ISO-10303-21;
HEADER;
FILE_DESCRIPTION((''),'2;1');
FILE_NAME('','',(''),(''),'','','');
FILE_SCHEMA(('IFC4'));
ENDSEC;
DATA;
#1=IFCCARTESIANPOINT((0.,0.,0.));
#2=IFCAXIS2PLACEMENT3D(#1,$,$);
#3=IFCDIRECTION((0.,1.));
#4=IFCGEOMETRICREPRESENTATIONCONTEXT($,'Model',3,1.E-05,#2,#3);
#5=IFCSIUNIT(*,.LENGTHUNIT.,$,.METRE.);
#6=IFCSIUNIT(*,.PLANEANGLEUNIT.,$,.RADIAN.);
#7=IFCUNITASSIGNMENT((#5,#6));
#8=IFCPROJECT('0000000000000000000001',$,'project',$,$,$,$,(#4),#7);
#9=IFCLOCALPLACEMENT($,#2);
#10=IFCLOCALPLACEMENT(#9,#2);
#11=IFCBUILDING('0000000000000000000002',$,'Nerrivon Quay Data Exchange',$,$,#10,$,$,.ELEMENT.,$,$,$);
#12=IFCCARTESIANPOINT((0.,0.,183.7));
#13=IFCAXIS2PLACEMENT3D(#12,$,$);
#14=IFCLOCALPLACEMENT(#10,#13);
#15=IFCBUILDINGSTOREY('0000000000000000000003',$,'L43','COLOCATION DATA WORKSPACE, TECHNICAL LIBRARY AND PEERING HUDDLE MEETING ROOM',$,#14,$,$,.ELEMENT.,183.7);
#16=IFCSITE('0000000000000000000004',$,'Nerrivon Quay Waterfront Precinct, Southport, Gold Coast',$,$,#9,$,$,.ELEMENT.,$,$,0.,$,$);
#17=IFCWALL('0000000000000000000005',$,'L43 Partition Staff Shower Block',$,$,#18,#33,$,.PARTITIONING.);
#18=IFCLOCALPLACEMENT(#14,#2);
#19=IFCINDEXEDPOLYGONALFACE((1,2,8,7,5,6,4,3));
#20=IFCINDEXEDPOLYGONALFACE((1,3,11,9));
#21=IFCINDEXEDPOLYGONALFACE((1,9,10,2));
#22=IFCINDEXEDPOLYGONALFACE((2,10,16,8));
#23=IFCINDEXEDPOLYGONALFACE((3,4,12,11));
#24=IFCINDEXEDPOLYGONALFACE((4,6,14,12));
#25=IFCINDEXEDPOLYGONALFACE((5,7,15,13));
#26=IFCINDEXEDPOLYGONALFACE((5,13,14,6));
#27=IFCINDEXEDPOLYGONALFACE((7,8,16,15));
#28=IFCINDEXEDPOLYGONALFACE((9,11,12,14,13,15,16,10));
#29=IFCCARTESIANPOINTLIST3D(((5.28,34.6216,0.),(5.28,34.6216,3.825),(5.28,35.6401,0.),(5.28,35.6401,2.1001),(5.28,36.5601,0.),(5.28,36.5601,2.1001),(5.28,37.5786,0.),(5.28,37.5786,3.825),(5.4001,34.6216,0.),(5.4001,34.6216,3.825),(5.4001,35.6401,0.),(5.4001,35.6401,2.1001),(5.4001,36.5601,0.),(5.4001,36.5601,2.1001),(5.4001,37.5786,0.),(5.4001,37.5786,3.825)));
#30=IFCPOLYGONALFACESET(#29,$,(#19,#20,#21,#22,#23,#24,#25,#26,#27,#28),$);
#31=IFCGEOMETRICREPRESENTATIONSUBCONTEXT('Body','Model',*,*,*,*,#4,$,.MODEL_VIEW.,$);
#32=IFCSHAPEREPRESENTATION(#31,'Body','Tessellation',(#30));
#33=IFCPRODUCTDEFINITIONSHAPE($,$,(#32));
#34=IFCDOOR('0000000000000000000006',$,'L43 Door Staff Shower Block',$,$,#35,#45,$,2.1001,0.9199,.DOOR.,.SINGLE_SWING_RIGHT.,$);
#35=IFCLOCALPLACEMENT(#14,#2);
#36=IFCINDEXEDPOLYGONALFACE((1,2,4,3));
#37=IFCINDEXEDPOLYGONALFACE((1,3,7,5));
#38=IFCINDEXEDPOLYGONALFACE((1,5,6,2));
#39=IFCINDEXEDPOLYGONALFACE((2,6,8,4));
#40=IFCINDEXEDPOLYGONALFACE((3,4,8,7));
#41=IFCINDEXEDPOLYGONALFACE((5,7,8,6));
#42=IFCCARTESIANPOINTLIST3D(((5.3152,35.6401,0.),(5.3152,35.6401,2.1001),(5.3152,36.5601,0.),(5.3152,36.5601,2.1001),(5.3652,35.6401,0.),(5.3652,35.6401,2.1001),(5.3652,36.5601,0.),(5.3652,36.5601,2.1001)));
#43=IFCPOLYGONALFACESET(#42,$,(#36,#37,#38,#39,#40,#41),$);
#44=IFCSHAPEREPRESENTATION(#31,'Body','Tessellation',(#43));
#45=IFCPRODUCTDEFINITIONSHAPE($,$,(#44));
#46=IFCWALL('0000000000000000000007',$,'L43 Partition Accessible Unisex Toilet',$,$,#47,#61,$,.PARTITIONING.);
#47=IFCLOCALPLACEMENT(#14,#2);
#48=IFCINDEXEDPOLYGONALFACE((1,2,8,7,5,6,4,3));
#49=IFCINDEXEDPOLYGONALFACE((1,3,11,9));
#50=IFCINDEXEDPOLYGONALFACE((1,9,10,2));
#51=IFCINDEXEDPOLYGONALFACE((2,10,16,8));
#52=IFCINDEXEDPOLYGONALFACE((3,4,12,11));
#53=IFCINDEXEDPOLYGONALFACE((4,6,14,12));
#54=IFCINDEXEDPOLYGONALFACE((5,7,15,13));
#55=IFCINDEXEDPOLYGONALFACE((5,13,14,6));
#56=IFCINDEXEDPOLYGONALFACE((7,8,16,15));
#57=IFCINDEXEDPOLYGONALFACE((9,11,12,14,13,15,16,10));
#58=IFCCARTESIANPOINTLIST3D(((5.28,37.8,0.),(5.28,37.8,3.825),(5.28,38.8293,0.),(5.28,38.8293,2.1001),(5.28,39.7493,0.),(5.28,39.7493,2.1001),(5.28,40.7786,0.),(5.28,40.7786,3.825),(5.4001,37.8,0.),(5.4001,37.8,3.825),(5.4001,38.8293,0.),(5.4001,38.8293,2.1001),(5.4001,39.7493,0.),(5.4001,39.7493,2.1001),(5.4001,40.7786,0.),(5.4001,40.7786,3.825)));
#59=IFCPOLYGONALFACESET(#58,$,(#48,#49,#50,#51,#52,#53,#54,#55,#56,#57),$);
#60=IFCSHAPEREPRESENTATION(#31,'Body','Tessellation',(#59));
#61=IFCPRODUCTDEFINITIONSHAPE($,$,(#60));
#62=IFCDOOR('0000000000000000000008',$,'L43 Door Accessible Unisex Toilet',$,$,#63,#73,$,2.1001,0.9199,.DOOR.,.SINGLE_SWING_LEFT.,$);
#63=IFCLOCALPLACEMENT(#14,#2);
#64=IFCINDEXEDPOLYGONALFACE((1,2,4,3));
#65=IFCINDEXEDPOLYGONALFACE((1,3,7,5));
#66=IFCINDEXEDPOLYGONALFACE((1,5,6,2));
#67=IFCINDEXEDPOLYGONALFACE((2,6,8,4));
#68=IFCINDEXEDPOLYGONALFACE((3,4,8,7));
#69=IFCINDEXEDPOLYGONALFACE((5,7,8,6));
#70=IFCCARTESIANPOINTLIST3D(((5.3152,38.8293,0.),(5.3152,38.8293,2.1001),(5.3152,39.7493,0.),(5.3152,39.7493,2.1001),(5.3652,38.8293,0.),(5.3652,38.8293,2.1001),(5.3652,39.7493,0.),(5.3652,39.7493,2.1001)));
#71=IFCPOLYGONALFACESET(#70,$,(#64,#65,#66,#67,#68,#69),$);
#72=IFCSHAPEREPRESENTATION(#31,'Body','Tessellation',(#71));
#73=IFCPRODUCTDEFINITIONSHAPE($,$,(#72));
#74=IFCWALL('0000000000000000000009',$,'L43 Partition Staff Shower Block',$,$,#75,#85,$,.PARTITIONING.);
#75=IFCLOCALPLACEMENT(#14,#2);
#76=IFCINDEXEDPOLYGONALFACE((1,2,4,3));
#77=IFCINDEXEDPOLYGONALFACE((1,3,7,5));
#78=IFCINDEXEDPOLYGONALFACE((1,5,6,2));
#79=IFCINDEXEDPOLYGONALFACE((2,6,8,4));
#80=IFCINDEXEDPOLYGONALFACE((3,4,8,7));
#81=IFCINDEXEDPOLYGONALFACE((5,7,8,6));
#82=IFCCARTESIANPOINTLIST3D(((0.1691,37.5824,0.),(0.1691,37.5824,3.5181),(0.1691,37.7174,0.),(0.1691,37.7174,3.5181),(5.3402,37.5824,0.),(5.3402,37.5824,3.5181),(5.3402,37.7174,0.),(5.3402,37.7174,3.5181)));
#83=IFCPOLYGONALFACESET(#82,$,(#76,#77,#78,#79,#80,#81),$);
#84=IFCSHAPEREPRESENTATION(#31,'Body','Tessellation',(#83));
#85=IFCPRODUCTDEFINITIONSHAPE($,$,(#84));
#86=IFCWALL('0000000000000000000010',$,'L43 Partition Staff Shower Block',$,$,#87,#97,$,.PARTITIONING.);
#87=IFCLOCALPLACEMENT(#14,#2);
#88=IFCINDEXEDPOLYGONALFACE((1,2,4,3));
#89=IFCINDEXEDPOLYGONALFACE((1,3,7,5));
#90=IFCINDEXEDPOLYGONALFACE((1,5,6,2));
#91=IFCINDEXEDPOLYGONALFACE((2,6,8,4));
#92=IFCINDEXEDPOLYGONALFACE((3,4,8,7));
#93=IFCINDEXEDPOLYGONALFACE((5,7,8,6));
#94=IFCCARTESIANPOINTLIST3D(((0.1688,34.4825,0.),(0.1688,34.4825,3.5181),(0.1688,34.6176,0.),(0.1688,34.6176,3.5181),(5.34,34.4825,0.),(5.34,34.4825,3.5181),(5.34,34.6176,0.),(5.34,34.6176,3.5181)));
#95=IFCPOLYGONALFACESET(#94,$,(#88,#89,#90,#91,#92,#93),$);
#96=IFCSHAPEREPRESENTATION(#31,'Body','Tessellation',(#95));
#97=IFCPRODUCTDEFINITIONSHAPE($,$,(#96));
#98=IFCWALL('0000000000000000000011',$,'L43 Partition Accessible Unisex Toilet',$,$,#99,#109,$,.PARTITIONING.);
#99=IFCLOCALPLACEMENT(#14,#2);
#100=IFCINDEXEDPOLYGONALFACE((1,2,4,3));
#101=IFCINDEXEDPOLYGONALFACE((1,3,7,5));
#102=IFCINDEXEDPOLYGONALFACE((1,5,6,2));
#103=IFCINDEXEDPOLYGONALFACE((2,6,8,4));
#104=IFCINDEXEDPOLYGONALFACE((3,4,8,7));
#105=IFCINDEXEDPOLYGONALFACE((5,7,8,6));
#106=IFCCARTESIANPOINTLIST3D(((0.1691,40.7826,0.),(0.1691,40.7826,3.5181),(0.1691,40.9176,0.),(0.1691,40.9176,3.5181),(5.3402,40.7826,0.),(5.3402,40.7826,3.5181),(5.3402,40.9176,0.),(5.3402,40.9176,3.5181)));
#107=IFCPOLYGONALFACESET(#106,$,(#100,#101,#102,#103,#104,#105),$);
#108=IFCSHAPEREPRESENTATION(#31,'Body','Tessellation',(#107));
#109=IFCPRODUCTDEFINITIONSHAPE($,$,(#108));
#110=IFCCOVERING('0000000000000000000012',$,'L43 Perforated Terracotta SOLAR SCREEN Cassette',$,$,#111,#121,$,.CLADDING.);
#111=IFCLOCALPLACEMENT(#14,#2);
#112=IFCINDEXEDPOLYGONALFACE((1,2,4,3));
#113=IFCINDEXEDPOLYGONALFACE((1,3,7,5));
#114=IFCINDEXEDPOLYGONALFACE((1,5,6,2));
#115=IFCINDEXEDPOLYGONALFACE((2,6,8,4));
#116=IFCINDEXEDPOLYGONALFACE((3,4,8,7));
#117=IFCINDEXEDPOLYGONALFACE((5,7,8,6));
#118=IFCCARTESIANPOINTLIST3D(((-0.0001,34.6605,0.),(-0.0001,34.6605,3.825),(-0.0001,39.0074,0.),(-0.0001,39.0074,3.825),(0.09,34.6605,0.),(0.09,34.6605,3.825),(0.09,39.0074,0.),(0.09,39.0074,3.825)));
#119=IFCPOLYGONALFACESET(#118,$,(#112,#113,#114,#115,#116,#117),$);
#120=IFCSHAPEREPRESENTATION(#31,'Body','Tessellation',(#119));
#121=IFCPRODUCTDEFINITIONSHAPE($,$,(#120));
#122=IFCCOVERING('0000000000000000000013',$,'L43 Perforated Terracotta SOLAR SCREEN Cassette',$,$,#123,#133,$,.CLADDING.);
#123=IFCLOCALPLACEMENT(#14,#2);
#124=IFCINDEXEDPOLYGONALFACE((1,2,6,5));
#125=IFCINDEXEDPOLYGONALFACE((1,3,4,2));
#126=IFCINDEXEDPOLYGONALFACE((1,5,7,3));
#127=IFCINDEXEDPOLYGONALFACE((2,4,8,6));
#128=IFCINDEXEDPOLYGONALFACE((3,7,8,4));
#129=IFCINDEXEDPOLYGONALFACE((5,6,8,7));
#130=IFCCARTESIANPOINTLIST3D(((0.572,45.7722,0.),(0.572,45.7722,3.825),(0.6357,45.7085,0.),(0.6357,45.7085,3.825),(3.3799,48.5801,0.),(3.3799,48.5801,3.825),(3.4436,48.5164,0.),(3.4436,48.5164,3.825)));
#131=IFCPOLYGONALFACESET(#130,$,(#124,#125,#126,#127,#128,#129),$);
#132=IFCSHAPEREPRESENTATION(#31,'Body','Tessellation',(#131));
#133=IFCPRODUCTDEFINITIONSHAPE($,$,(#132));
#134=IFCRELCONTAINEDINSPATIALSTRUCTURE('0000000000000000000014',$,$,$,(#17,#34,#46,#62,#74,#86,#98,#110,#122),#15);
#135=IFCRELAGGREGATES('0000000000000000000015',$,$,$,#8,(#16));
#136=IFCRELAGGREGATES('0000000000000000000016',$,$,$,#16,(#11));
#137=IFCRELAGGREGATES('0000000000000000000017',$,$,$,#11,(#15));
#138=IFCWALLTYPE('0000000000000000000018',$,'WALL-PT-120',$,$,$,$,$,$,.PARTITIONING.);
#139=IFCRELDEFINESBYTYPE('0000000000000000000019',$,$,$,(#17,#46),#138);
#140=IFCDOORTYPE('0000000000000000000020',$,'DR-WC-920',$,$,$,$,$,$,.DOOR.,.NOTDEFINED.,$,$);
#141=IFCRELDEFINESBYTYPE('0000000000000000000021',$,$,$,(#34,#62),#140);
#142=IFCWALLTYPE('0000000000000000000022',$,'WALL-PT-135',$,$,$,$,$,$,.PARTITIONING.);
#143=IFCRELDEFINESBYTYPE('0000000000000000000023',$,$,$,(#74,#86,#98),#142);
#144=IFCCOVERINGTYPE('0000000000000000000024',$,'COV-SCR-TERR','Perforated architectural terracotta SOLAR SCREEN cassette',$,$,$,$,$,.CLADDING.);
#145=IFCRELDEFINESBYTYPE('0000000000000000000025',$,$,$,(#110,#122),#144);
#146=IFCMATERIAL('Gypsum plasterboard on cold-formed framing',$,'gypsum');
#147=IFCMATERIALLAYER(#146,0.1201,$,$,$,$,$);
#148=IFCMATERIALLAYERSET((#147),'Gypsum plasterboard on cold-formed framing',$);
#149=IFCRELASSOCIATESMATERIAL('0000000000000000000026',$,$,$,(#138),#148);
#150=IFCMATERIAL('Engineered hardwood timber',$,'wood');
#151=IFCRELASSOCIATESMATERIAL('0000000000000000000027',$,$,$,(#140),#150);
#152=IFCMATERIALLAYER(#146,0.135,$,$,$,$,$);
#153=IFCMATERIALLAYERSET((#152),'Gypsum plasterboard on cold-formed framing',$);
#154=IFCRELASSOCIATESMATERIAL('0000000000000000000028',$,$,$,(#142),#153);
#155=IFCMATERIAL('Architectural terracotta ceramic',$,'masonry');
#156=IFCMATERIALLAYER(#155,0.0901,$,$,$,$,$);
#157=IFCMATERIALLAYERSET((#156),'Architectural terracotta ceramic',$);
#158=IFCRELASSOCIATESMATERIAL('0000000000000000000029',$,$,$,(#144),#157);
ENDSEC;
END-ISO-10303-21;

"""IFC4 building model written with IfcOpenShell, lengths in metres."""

from ifc_helpers import new_model, si_unit, direction, frame, frame_2d, origin, origin_2d, place, context, subcontext, project, spatial, rectangle, extrude, material, layer, layer_set, type_object, element, fill, save


model = new_model("IFC4")

# Units and contexts
model_context = context("Model", 3, precision=1e-05, world=origin(), true_north=direction((0.0, 1.0)))
body_context = subcontext(model_context, "Body", "Model", "MODEL_VIEW")
ifc_project = project(units=[si_unit("LENGTHUNIT", "METRE"), si_unit("PLANEANGLEUNIT", "RADIAN")], contexts=[model_context])

# Site, building, storey
site_placement = place(None, origin())
site = spatial("IfcSite", under=ifc_project, at=site_placement, Name="Nerrivon Quay Waterfront Precinct, Southport, Gold Coast", CompositionType="ELEMENT", RefElevation=0.0)
building_placement = place(site_placement, origin())
building = spatial("IfcBuilding", under=site, at=building_placement, Name="Nerrivon Quay Data Exchange", CompositionType="ELEMENT")
storey_placement = place(building_placement, frame((0.0, 0.0, 183.7)))
storey = spatial("IfcBuildingStorey", under=building, at=storey_placement, Name="L43", Description="COLOCATION DATA WORKSPACE, TECHNICAL LIBRARY AND PEERING HUDDLE MEETING ROOM", CompositionType="ELEMENT", Elevation=183.7)

# Shared definitions
ifc_material_1 = material(Name="Gypsum plasterboard on cold-formed framing", Category="gypsum")

# Walls, openings, doors
ifc_layer_1 = layer(ifc_material_1, 0.1201)
ifc_layer_set_1 = layer_set([ifc_layer_1], Name="Gypsum plasterboard on cold-formed framing")
wall_type_1 = type_object("IfcWallType", Name="WALL-PT-120", PredefinedType="PARTITIONING", material=ifc_layer_set_1)
wall_1_placement = place(storey_placement, frame((5.3401, 34.6216, 0.0), z_axis=(0.0, 0.0, 1.0), x_axis=(0.0, 1.0, 0.0)))
wall_1 = element("IfcWall", 1, at=wall_1_placement, inside=storey, type_object=wall_type_1, Name="L43 Partition Staff Shower Block", PredefinedType="PARTITIONING", context=body_context, shape_type="SweptSolid", body=[
    extrude(rectangle(XDim=2.957, YDim=0.1201, at=frame_2d((1.4785, 0.0))), origin(), (0.0, 0.0, 1.0), 3.825),
])
opening_1_placement = place(wall_1_placement, frame((1.0186, 0.0, 0.0)))
opening_1 = element("IfcOpeningElement", 2, at=opening_1_placement, cuts=wall_1, PredefinedType="OPENING", context=body_context, shape_type="SweptSolid", body=[
    extrude(rectangle(XDim=0.9199, YDim=2.1001, at=frame_2d((0.46, 1.05))), frame((0.0, 0.0701, 0.0), z_axis=(0.0, -1.0, 0.0), x_axis=(1.0, 0.0, 0.0)), (0.0, 0.0, 1.0), 0.1401),
])
ifc_material_2 = material(Name="Engineered hardwood timber", Category="wood")
door_type = type_object("IfcDoorType", Name="DR-WC-920", OperationType="NOTDEFINED", PredefinedType="DOOR", material=ifc_material_2)
door_1_placement = place(opening_1_placement, origin())
door_1 = element("IfcDoor", 3, at=door_1_placement, inside=storey, type_object=door_type, Name="L43 Door Staff Shower Block", OperationType="SINGLE_SWING_RIGHT", OverallHeight=2.1001, OverallWidth=0.9199, PredefinedType="DOOR", context=body_context, shape_type="SweptSolid", body=[
    extrude(rectangle(XDim=0.9199, YDim=2.1001, at=frame_2d((0.46, 1.05))), frame((0.0, 0.0249, 0.0), z_axis=(0.0, -1.0, 0.0), x_axis=(1.0, 0.0, 0.0)), (0.0, 0.0, 1.0), 0.05),
])
fill(opening_1, door_1)
wall_2_placement = place(storey_placement, frame((5.3401, 37.8, 0.0), z_axis=(0.0, 0.0, 1.0), x_axis=(0.0, 1.0, 0.0)))
wall_2 = element("IfcWall", 4, at=wall_2_placement, inside=storey, type_object=wall_type_1, Name="L43 Partition Accessible Unisex Toilet", PredefinedType="PARTITIONING", context=body_context, shape_type="SweptSolid", body=[
    extrude(rectangle(XDim=2.9785, YDim=0.1201, at=frame_2d((1.4893, 0.0))), origin(), (0.0, 0.0, 1.0), 3.825),
])
opening_2_placement = place(wall_2_placement, frame((1.0293, 0.0, 0.0)))
opening_2 = element("IfcOpeningElement", 5, at=opening_2_placement, cuts=wall_2, PredefinedType="OPENING", context=body_context, shape_type="SweptSolid", body=[
    extrude(rectangle(XDim=0.9199, YDim=2.1001, at=frame_2d((0.46, 1.05))), frame((0.0, 0.0701, 0.0), z_axis=(0.0, -1.0, 0.0), x_axis=(1.0, 0.0, 0.0)), (0.0, 0.0, 1.0), 0.1401),
])
door_2_placement = place(opening_2_placement, origin())
door_2 = element("IfcDoor", 6, at=door_2_placement, inside=storey, type_object=door_type, Name="L43 Door Accessible Unisex Toilet", OperationType="SINGLE_SWING_LEFT", OverallHeight=2.1001, OverallWidth=0.9199, PredefinedType="DOOR", context=body_context, shape_type="SweptSolid", body=[
    extrude(rectangle(XDim=0.9199, YDim=2.1001, at=frame_2d((0.46, 1.05))), frame((0.0, 0.0249, 0.0), z_axis=(0.0, -1.0, 0.0), x_axis=(1.0, 0.0, 0.0)), (0.0, 0.0, 1.0), 0.05),
])
fill(opening_2, door_2)

# Walls
ifc_layer_2 = layer(ifc_material_1, 0.135)
ifc_layer_set_2 = layer_set([ifc_layer_2], Name="Gypsum plasterboard on cold-formed framing")
wall_type_2 = type_object("IfcWallType", Name="WALL-PT-135", PredefinedType="PARTITIONING", material=ifc_layer_set_2)
for number, where, z_axis, x_axis, name in (
    (7, (5.3401, 37.6499, 0.0), (0.0, 0.0, 1.0), (-1.0, 0.0, 0.0), "L43 Partition Staff Shower Block"),
    (8, (0.1689, 34.55, 0.0), (0.0, 0.0, 1.0), (1.0, 0.0, 0.0), "L43 Partition Staff Shower Block"),
    (9, (5.3401, 40.8501, 0.0), (0.0, 0.0, 1.0), (-1.0, 0.0, 0.0), "L43 Partition Accessible Unisex Toilet"),
):
    element("IfcWall", number, at=place(storey_placement, frame(where, z_axis=z_axis, x_axis=x_axis)), inside=storey, type_object=wall_type_2, Name=name, PredefinedType="PARTITIONING", context=body_context, shape_type="SweptSolid", body=[
        extrude(rectangle(XDim=5.1711, YDim=0.135, at=frame_2d((2.5854, 0.0))), origin(), (0.0, 0.0, 1.0), 3.5181),
    ])

# Coverings
ifc_material_3 = material(Name="Architectural terracotta ceramic", Category="masonry")
ifc_layer_3 = layer(ifc_material_3, 0.0901)
ifc_layer_set_3 = layer_set([ifc_layer_3], Name="Architectural terracotta ceramic")
covering_type = type_object("IfcCoveringType", Name="COV-SCR-TERR", Description="Perforated architectural terracotta SOLAR SCREEN cassette", PredefinedType="CLADDING", material=ifc_layer_set_3)
covering_1_placement = place(storey_placement, frame((0.0449, 36.834, 0.0), z_axis=(0.0, 0.0, 1.0), x_axis=(0.0, 1.0, 0.0)))
element("IfcCovering", 10, at=covering_1_placement, inside=storey, type_object=covering_type, Name="L43 Perforated Terracotta SOLAR SCREEN Cassette", PredefinedType="CLADDING", context=body_context, shape_type="SweptSolid", body=[
    extrude(rectangle(XDim=4.3469, YDim=0.0901, at=origin_2d()), origin(), (0.0, 0.0, 1.0), 3.825),
])
covering_2_placement = place(storey_placement, frame((2.0078, 47.1443, 0.0), z_axis=(0.0, 0.0, 1.0), x_axis=(0.707107, 0.707107, 0.0)))
element("IfcCovering", 11, at=covering_2_placement, inside=storey, type_object=covering_type, Name="L43 Perforated Terracotta SOLAR SCREEN Cassette", PredefinedType="CLADDING", context=body_context, shape_type="SweptSolid", body=[
    extrude(rectangle(XDim=3.9709, YDim=0.0901, at=origin_2d()), origin(), (0.0, 0.0, 1.0), 3.825),
])

save(model, "model.ifc")
